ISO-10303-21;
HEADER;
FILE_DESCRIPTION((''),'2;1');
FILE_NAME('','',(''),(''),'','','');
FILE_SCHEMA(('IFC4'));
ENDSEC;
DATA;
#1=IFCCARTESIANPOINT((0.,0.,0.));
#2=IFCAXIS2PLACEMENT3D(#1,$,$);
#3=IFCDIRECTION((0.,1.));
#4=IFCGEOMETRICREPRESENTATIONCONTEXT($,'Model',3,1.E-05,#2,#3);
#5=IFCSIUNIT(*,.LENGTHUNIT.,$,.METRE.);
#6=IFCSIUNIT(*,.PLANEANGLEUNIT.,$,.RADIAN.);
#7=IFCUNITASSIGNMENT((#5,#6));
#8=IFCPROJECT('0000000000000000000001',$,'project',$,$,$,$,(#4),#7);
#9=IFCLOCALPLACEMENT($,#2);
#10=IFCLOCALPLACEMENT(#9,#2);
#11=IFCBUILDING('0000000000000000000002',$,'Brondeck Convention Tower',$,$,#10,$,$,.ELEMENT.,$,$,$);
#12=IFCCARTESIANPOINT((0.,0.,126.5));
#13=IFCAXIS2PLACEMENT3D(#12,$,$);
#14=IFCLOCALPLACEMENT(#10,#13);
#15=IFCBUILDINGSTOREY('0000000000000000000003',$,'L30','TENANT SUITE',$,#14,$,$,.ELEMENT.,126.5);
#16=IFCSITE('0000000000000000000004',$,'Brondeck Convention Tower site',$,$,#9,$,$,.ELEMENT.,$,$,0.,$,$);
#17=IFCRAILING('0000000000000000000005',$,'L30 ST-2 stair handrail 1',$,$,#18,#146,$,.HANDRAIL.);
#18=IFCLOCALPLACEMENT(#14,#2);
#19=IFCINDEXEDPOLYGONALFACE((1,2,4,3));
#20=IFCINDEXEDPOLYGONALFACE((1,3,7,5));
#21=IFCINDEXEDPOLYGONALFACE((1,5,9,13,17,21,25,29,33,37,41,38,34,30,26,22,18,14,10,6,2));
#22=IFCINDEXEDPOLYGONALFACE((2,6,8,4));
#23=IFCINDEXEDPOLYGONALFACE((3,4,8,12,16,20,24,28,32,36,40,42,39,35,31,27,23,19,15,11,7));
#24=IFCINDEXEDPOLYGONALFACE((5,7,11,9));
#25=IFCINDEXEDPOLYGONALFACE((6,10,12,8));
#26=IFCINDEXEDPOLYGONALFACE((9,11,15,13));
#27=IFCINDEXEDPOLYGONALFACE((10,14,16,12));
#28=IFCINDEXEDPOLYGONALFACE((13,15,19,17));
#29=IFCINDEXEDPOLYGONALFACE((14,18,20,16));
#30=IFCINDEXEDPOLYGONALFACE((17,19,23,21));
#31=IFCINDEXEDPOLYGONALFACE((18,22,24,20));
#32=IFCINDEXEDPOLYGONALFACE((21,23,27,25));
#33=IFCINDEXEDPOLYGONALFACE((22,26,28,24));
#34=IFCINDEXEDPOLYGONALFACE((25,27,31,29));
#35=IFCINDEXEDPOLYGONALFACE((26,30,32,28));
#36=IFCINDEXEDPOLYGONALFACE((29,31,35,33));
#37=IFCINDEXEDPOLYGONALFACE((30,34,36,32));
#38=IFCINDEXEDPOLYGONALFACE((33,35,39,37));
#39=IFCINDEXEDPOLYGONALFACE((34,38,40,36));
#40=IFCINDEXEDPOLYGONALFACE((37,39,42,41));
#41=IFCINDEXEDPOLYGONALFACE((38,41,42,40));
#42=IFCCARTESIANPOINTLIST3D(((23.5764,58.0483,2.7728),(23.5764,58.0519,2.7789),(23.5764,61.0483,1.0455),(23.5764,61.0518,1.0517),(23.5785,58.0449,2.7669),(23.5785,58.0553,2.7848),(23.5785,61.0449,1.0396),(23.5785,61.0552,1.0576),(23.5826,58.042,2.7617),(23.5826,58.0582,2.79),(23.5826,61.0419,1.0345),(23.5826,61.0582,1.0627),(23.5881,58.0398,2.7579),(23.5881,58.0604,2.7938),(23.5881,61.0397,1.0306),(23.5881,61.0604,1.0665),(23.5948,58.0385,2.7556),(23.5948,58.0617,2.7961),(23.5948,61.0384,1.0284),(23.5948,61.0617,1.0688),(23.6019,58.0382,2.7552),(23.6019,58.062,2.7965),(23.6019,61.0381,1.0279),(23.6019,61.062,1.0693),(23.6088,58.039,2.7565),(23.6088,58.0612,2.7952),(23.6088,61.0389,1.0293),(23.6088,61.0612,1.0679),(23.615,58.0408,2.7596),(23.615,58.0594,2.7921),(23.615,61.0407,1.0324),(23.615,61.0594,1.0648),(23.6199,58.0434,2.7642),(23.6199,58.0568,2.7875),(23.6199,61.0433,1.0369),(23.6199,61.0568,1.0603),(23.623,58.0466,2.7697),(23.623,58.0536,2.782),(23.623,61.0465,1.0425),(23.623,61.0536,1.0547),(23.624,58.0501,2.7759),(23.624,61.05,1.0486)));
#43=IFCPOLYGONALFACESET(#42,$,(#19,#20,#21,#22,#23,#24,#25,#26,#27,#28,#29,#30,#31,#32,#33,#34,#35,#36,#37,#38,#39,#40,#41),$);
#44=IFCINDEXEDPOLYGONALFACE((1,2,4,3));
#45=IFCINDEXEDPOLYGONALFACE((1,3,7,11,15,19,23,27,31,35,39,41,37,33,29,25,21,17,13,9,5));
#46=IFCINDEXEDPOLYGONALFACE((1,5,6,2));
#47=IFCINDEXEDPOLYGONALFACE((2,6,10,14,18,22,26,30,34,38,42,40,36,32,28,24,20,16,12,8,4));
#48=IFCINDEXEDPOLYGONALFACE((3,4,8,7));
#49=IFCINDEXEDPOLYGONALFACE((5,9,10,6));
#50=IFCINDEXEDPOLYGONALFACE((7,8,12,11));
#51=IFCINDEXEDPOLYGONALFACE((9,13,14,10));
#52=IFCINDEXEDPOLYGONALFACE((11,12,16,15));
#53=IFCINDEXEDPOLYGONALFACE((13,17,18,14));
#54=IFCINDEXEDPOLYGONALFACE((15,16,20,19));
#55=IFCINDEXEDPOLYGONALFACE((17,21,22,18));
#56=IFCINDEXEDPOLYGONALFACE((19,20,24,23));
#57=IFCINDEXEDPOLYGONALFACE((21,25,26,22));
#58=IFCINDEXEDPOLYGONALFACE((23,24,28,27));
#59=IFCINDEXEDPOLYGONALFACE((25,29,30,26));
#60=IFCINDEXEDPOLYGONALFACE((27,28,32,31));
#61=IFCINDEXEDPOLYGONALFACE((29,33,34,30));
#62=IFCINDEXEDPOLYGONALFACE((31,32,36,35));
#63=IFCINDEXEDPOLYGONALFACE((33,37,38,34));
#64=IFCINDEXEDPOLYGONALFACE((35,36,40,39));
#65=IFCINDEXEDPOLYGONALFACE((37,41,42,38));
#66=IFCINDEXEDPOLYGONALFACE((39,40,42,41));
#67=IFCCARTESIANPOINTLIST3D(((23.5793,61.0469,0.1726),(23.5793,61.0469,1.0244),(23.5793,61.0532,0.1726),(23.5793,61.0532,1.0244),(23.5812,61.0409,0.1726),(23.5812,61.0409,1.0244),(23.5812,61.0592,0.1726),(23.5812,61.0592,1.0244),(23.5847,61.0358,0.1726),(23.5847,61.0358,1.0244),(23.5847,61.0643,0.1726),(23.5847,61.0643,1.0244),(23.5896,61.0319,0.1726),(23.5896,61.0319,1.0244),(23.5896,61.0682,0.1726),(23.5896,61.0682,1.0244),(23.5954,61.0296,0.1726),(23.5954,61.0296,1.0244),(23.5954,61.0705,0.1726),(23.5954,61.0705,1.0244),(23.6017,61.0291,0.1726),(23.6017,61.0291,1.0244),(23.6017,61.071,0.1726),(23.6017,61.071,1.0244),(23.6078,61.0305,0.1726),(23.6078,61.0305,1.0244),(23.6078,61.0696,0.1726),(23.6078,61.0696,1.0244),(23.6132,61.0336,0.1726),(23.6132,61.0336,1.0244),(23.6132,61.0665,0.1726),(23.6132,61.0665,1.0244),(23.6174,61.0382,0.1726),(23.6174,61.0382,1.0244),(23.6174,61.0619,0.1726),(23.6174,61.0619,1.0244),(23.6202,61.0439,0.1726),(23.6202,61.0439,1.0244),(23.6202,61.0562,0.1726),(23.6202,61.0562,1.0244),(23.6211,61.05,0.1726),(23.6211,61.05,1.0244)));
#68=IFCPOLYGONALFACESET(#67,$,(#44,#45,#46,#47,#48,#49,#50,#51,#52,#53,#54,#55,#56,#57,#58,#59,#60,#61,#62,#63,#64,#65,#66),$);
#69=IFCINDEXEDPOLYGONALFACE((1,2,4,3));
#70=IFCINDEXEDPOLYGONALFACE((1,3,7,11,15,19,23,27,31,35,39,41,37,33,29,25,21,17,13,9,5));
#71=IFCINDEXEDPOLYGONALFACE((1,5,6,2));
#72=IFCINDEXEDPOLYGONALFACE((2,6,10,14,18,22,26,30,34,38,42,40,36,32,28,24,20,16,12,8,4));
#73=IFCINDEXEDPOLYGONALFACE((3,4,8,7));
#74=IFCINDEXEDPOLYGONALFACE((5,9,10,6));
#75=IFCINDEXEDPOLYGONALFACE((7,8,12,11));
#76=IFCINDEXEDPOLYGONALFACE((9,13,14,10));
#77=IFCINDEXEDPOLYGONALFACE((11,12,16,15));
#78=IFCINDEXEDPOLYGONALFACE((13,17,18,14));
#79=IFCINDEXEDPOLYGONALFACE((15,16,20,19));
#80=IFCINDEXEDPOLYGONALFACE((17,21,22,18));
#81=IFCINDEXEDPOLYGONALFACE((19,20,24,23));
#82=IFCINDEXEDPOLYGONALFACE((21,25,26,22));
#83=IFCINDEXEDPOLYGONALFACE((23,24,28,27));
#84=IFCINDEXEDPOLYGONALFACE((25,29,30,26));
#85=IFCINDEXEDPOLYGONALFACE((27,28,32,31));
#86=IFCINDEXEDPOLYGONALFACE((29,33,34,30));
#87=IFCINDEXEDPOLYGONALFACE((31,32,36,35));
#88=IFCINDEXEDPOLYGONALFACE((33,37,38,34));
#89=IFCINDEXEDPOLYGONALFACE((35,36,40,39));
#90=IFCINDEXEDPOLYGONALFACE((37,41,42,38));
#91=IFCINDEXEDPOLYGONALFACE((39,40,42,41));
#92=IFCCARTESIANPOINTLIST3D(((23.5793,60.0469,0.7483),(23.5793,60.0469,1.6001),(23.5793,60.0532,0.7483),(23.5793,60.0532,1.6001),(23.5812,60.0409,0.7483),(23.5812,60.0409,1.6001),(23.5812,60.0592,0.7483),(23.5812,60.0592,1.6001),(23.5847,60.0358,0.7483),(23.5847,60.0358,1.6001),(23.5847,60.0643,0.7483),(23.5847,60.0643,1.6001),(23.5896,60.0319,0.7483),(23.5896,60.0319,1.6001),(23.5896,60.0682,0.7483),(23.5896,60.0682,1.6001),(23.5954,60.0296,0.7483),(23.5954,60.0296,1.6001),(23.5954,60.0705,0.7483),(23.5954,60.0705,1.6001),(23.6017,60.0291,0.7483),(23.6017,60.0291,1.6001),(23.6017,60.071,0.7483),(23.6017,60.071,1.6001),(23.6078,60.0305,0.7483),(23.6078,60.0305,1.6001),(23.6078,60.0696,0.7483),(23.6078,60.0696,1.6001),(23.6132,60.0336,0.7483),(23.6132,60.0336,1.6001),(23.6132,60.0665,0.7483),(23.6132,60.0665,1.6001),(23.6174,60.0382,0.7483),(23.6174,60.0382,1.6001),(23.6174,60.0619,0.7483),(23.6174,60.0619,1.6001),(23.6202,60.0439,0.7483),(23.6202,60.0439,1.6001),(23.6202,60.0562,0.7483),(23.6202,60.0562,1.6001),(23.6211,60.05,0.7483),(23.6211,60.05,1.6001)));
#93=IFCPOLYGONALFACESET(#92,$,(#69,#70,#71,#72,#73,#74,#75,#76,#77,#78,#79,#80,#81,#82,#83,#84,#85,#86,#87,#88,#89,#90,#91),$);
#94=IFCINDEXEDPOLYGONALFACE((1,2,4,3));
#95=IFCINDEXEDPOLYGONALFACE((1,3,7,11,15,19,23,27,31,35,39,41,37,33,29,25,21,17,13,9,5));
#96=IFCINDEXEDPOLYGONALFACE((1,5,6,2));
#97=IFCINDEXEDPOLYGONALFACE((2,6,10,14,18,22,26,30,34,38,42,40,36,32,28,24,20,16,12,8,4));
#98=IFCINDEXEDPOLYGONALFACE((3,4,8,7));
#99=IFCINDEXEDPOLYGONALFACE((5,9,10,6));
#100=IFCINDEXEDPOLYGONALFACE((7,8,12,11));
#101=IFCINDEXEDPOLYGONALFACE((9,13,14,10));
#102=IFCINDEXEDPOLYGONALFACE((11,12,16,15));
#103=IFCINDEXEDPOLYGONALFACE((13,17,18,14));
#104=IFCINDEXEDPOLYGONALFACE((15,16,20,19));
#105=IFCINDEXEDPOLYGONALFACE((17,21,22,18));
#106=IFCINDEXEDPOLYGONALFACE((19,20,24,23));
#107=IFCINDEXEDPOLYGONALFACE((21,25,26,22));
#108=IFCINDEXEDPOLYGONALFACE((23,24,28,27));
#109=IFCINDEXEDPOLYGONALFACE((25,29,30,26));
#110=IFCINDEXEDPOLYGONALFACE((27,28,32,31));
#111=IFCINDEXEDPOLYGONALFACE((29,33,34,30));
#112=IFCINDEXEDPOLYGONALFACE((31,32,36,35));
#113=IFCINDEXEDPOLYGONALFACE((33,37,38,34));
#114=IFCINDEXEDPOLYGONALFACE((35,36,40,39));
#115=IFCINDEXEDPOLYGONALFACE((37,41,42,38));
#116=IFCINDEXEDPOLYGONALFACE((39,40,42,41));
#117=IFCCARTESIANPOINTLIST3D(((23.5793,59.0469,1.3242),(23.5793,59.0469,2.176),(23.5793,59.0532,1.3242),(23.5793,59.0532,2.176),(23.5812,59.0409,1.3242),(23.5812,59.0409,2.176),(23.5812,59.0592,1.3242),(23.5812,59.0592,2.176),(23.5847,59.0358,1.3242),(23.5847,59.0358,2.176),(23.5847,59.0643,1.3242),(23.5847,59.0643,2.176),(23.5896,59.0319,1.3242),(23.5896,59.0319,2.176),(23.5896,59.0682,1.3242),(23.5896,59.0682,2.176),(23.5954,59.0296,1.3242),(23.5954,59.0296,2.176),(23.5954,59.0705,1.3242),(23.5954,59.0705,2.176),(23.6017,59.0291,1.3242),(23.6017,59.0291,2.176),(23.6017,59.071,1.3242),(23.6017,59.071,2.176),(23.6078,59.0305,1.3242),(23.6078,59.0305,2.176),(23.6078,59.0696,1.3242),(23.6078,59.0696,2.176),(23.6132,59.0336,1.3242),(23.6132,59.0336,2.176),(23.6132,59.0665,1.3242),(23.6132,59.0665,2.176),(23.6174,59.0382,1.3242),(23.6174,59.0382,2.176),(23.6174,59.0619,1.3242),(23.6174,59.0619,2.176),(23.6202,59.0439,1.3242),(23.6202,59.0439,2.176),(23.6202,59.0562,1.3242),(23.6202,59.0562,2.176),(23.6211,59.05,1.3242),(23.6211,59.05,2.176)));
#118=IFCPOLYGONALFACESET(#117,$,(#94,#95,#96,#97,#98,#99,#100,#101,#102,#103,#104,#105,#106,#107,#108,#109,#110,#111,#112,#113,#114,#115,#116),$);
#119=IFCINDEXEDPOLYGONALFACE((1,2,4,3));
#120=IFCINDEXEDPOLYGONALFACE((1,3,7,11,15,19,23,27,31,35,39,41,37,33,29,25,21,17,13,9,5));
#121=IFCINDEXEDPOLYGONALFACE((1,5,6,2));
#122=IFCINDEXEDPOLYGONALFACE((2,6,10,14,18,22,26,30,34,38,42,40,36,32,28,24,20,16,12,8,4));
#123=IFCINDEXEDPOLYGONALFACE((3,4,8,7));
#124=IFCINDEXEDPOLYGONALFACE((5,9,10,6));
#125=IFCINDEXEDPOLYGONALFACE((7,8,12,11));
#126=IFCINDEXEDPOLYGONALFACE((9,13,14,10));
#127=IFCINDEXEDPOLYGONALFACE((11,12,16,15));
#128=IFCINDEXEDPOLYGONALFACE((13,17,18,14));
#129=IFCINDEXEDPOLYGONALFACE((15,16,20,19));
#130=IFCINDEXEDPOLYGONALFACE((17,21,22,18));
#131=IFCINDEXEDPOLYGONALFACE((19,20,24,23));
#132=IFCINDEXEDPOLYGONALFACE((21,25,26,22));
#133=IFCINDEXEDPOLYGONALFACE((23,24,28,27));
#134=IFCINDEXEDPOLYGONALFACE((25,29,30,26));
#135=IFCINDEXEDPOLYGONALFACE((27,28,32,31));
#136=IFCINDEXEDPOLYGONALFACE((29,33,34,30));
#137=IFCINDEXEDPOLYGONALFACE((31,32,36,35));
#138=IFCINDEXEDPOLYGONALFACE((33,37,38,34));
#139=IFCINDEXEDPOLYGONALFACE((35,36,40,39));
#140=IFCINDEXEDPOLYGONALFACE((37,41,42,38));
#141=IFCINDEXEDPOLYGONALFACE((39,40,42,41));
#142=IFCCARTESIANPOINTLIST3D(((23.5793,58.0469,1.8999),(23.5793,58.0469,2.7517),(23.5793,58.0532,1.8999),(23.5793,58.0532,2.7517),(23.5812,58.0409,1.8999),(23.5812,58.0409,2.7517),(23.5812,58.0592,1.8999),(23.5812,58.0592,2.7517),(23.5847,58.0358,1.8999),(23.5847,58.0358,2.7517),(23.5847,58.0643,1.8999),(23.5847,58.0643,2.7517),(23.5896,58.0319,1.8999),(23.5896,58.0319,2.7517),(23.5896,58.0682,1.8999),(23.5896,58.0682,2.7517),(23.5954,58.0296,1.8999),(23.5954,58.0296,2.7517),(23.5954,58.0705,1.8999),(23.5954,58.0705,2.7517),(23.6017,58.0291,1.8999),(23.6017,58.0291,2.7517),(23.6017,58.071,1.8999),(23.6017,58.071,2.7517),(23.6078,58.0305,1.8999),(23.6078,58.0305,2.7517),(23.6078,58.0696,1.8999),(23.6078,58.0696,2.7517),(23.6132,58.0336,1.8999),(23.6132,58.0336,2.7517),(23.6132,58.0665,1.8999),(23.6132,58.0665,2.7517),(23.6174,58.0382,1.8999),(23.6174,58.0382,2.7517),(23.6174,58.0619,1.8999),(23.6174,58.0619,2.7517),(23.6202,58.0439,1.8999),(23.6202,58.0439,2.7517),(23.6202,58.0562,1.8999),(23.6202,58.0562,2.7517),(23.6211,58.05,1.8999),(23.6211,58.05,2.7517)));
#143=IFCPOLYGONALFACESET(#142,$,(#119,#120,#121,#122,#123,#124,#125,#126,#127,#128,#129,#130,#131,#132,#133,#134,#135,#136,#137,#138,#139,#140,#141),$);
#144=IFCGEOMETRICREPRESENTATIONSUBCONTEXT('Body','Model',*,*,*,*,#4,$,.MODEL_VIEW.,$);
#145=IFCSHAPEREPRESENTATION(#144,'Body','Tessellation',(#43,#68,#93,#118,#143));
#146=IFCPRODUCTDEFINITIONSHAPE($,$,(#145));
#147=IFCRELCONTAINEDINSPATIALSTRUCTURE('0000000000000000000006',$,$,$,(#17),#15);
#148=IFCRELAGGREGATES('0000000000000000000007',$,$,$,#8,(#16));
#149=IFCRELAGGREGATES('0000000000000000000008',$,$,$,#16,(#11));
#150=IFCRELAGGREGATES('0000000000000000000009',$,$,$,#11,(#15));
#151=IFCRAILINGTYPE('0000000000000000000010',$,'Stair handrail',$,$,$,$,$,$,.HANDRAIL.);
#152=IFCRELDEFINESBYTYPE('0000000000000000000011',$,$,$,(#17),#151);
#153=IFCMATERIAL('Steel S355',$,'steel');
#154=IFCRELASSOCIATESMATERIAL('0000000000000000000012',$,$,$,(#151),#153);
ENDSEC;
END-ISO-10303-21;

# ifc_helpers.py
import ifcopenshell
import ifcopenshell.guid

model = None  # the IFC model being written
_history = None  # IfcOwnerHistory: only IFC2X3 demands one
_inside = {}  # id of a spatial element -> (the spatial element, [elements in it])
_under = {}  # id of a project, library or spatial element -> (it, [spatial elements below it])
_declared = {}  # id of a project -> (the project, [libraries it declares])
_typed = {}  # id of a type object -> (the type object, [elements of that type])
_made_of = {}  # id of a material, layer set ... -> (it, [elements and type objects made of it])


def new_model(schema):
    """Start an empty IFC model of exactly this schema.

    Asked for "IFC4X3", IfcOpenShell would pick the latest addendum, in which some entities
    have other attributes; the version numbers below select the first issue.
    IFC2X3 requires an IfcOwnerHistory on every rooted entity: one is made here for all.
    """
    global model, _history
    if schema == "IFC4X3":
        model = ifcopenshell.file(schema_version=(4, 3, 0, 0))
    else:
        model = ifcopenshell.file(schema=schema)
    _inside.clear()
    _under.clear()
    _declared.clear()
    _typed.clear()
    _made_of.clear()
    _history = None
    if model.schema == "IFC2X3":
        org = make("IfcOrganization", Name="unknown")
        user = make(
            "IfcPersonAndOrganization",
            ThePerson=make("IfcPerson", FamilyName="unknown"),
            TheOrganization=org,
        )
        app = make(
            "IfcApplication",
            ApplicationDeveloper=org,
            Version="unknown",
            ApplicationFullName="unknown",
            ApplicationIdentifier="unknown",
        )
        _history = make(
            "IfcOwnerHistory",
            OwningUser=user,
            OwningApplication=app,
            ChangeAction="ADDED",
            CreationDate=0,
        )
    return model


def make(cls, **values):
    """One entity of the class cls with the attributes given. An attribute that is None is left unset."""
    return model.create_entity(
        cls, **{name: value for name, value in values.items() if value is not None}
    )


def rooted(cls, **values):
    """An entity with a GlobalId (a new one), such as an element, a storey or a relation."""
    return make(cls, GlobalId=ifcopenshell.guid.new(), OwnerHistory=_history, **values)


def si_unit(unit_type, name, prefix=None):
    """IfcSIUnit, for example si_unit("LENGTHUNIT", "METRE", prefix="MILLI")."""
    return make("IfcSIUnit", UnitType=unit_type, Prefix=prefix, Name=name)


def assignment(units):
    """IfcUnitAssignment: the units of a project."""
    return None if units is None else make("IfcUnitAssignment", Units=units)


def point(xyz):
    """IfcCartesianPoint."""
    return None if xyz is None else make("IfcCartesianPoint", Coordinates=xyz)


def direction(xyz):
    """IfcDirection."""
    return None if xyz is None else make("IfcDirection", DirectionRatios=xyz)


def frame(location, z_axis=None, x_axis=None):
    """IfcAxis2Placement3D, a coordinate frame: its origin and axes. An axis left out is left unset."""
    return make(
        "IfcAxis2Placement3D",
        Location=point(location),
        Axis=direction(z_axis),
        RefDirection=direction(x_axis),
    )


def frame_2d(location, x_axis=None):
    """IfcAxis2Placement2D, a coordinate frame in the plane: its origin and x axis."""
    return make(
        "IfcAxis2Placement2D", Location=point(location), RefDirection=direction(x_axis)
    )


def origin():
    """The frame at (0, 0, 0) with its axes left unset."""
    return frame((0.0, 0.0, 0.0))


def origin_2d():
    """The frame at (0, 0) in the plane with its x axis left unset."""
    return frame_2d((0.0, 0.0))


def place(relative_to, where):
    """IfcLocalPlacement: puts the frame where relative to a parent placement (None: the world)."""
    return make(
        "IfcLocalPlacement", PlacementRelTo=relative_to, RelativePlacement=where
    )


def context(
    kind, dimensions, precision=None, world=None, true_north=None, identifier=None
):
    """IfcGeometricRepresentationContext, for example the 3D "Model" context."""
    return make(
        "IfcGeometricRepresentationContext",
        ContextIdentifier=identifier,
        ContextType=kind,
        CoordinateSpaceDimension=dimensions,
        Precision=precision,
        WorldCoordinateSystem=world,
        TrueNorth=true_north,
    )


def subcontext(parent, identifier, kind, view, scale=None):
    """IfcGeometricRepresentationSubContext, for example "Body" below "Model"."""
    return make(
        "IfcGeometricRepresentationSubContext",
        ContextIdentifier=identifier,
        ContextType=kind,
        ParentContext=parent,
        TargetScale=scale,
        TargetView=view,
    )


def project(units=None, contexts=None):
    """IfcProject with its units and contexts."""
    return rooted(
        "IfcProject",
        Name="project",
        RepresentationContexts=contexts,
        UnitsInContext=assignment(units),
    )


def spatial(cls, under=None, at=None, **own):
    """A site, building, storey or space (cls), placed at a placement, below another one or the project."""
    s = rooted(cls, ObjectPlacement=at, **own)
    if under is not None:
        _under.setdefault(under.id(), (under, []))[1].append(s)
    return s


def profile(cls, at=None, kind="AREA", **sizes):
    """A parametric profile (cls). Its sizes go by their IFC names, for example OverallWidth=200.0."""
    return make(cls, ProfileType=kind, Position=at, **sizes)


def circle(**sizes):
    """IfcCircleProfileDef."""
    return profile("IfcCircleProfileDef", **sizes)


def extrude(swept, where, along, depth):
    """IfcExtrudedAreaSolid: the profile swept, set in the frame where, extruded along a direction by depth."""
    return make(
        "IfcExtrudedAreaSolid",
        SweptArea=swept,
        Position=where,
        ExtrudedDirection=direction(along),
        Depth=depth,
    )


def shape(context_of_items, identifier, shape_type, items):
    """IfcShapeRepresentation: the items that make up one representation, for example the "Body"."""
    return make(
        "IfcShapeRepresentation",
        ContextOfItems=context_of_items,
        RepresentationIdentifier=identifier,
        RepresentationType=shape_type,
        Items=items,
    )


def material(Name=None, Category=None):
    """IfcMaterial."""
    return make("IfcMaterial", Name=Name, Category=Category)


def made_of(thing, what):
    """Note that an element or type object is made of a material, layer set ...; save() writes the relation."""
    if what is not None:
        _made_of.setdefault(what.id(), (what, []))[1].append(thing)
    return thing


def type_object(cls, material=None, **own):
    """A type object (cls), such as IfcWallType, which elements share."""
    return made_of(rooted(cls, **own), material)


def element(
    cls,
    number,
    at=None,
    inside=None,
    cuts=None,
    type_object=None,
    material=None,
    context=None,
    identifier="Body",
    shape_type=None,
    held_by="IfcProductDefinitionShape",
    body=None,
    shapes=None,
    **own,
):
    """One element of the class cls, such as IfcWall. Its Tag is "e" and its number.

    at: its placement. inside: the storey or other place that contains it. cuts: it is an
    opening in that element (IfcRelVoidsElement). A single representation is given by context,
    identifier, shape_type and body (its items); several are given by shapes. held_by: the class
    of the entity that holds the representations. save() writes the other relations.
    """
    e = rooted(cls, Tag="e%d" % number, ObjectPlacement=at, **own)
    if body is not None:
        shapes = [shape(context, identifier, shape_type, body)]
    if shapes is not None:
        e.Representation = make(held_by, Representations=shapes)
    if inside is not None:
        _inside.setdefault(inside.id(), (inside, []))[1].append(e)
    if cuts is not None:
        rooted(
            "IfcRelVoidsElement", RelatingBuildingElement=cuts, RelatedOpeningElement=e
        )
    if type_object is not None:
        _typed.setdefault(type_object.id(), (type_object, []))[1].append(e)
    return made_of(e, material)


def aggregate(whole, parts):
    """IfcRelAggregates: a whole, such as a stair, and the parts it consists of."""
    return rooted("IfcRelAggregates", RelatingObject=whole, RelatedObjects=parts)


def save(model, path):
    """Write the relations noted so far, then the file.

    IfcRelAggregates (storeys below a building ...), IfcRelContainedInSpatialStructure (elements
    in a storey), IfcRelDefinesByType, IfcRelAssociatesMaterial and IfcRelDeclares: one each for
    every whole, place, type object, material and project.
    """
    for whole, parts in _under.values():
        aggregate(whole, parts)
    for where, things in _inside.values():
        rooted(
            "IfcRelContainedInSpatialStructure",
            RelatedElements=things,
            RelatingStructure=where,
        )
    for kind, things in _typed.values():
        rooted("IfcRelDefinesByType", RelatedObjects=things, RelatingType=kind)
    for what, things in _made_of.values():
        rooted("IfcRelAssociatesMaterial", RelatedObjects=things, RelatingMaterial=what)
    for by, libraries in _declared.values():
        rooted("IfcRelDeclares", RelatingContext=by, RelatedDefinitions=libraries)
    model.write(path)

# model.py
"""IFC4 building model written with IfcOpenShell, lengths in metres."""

from ifc_helpers import new_model, si_unit, direction, frame, origin, origin_2d, place, context, subcontext, project, spatial, circle, extrude, material, type_object, element, save


model = new_model("IFC4")

# Units and contexts
model_context = context("Model", 3, precision=1e-05, world=origin(), true_north=direction((0.0, 1.0)))
body_context = subcontext(model_context, "Body", "Model", "MODEL_VIEW")
ifc_project = project(units=[si_unit("LENGTHUNIT", "METRE"), si_unit("PLANEANGLEUNIT", "RADIAN")], contexts=[model_context])

# Site, building, storey
site_placement = place(None, origin())
site = spatial("IfcSite", under=ifc_project, at=site_placement, Name="Brondeck Convention Tower site", CompositionType="ELEMENT", RefElevation=0.0)
building_placement = place(site_placement, origin())
building = spatial("IfcBuilding", under=site, at=building_placement, Name="Brondeck Convention Tower", CompositionType="ELEMENT")
storey_placement = place(building_placement, frame((0.0, 0.0, 126.5)))
storey = spatial("IfcBuildingStorey", under=building, at=storey_placement, Name="L30", Description="TENANT SUITE", CompositionType="ELEMENT", Elevation=126.5)

# Railing
ifc_material_1 = material(Name="Steel S355", Category="steel")
railing_type_1 = type_object("IfcRailingType", Name="Stair handrail", PredefinedType="HANDRAIL", material=ifc_material_1)
railing_1_placement = place(storey_placement, frame((23.6001, 61.05, 0.1726)))
element("IfcRailing", 1, at=railing_1_placement, inside=storey, type_object=railing_type_1, Name="L30 ST-2 stair handrail 1", PredefinedType="HANDRAIL", context=body_context, shape_type="SweptSolid", body=[
    extrude(circle(Radius=0.0239, at=origin_2d()), frame((0.0, 0.0, 0.876), z_axis=(0.0, -0.86662, 0.498969), x_axis=(1.0, 0.0, 0.0)), (0.0, 0.0, 1.0), 3.4617),
    extrude(circle(Radius=0.021, at=origin_2d()), origin(), (0.0, 0.0, 1.0), 0.8518),
    extrude(circle(Radius=0.021, at=origin_2d()), frame((0.0, -1.0, 0.5757)), (0.0, 0.0, 1.0), 0.8518),
    extrude(circle(Radius=0.021, at=origin_2d()), frame((0.0, -2.0, 1.1516)), (0.0, 0.0, 1.0), 0.8518),
    extrude(circle(Radius=0.021, at=origin_2d()), frame((0.0, -3.0, 1.7273)), (0.0, 0.0, 1.0), 0.8518),
])

save(model, "model.ifc")
